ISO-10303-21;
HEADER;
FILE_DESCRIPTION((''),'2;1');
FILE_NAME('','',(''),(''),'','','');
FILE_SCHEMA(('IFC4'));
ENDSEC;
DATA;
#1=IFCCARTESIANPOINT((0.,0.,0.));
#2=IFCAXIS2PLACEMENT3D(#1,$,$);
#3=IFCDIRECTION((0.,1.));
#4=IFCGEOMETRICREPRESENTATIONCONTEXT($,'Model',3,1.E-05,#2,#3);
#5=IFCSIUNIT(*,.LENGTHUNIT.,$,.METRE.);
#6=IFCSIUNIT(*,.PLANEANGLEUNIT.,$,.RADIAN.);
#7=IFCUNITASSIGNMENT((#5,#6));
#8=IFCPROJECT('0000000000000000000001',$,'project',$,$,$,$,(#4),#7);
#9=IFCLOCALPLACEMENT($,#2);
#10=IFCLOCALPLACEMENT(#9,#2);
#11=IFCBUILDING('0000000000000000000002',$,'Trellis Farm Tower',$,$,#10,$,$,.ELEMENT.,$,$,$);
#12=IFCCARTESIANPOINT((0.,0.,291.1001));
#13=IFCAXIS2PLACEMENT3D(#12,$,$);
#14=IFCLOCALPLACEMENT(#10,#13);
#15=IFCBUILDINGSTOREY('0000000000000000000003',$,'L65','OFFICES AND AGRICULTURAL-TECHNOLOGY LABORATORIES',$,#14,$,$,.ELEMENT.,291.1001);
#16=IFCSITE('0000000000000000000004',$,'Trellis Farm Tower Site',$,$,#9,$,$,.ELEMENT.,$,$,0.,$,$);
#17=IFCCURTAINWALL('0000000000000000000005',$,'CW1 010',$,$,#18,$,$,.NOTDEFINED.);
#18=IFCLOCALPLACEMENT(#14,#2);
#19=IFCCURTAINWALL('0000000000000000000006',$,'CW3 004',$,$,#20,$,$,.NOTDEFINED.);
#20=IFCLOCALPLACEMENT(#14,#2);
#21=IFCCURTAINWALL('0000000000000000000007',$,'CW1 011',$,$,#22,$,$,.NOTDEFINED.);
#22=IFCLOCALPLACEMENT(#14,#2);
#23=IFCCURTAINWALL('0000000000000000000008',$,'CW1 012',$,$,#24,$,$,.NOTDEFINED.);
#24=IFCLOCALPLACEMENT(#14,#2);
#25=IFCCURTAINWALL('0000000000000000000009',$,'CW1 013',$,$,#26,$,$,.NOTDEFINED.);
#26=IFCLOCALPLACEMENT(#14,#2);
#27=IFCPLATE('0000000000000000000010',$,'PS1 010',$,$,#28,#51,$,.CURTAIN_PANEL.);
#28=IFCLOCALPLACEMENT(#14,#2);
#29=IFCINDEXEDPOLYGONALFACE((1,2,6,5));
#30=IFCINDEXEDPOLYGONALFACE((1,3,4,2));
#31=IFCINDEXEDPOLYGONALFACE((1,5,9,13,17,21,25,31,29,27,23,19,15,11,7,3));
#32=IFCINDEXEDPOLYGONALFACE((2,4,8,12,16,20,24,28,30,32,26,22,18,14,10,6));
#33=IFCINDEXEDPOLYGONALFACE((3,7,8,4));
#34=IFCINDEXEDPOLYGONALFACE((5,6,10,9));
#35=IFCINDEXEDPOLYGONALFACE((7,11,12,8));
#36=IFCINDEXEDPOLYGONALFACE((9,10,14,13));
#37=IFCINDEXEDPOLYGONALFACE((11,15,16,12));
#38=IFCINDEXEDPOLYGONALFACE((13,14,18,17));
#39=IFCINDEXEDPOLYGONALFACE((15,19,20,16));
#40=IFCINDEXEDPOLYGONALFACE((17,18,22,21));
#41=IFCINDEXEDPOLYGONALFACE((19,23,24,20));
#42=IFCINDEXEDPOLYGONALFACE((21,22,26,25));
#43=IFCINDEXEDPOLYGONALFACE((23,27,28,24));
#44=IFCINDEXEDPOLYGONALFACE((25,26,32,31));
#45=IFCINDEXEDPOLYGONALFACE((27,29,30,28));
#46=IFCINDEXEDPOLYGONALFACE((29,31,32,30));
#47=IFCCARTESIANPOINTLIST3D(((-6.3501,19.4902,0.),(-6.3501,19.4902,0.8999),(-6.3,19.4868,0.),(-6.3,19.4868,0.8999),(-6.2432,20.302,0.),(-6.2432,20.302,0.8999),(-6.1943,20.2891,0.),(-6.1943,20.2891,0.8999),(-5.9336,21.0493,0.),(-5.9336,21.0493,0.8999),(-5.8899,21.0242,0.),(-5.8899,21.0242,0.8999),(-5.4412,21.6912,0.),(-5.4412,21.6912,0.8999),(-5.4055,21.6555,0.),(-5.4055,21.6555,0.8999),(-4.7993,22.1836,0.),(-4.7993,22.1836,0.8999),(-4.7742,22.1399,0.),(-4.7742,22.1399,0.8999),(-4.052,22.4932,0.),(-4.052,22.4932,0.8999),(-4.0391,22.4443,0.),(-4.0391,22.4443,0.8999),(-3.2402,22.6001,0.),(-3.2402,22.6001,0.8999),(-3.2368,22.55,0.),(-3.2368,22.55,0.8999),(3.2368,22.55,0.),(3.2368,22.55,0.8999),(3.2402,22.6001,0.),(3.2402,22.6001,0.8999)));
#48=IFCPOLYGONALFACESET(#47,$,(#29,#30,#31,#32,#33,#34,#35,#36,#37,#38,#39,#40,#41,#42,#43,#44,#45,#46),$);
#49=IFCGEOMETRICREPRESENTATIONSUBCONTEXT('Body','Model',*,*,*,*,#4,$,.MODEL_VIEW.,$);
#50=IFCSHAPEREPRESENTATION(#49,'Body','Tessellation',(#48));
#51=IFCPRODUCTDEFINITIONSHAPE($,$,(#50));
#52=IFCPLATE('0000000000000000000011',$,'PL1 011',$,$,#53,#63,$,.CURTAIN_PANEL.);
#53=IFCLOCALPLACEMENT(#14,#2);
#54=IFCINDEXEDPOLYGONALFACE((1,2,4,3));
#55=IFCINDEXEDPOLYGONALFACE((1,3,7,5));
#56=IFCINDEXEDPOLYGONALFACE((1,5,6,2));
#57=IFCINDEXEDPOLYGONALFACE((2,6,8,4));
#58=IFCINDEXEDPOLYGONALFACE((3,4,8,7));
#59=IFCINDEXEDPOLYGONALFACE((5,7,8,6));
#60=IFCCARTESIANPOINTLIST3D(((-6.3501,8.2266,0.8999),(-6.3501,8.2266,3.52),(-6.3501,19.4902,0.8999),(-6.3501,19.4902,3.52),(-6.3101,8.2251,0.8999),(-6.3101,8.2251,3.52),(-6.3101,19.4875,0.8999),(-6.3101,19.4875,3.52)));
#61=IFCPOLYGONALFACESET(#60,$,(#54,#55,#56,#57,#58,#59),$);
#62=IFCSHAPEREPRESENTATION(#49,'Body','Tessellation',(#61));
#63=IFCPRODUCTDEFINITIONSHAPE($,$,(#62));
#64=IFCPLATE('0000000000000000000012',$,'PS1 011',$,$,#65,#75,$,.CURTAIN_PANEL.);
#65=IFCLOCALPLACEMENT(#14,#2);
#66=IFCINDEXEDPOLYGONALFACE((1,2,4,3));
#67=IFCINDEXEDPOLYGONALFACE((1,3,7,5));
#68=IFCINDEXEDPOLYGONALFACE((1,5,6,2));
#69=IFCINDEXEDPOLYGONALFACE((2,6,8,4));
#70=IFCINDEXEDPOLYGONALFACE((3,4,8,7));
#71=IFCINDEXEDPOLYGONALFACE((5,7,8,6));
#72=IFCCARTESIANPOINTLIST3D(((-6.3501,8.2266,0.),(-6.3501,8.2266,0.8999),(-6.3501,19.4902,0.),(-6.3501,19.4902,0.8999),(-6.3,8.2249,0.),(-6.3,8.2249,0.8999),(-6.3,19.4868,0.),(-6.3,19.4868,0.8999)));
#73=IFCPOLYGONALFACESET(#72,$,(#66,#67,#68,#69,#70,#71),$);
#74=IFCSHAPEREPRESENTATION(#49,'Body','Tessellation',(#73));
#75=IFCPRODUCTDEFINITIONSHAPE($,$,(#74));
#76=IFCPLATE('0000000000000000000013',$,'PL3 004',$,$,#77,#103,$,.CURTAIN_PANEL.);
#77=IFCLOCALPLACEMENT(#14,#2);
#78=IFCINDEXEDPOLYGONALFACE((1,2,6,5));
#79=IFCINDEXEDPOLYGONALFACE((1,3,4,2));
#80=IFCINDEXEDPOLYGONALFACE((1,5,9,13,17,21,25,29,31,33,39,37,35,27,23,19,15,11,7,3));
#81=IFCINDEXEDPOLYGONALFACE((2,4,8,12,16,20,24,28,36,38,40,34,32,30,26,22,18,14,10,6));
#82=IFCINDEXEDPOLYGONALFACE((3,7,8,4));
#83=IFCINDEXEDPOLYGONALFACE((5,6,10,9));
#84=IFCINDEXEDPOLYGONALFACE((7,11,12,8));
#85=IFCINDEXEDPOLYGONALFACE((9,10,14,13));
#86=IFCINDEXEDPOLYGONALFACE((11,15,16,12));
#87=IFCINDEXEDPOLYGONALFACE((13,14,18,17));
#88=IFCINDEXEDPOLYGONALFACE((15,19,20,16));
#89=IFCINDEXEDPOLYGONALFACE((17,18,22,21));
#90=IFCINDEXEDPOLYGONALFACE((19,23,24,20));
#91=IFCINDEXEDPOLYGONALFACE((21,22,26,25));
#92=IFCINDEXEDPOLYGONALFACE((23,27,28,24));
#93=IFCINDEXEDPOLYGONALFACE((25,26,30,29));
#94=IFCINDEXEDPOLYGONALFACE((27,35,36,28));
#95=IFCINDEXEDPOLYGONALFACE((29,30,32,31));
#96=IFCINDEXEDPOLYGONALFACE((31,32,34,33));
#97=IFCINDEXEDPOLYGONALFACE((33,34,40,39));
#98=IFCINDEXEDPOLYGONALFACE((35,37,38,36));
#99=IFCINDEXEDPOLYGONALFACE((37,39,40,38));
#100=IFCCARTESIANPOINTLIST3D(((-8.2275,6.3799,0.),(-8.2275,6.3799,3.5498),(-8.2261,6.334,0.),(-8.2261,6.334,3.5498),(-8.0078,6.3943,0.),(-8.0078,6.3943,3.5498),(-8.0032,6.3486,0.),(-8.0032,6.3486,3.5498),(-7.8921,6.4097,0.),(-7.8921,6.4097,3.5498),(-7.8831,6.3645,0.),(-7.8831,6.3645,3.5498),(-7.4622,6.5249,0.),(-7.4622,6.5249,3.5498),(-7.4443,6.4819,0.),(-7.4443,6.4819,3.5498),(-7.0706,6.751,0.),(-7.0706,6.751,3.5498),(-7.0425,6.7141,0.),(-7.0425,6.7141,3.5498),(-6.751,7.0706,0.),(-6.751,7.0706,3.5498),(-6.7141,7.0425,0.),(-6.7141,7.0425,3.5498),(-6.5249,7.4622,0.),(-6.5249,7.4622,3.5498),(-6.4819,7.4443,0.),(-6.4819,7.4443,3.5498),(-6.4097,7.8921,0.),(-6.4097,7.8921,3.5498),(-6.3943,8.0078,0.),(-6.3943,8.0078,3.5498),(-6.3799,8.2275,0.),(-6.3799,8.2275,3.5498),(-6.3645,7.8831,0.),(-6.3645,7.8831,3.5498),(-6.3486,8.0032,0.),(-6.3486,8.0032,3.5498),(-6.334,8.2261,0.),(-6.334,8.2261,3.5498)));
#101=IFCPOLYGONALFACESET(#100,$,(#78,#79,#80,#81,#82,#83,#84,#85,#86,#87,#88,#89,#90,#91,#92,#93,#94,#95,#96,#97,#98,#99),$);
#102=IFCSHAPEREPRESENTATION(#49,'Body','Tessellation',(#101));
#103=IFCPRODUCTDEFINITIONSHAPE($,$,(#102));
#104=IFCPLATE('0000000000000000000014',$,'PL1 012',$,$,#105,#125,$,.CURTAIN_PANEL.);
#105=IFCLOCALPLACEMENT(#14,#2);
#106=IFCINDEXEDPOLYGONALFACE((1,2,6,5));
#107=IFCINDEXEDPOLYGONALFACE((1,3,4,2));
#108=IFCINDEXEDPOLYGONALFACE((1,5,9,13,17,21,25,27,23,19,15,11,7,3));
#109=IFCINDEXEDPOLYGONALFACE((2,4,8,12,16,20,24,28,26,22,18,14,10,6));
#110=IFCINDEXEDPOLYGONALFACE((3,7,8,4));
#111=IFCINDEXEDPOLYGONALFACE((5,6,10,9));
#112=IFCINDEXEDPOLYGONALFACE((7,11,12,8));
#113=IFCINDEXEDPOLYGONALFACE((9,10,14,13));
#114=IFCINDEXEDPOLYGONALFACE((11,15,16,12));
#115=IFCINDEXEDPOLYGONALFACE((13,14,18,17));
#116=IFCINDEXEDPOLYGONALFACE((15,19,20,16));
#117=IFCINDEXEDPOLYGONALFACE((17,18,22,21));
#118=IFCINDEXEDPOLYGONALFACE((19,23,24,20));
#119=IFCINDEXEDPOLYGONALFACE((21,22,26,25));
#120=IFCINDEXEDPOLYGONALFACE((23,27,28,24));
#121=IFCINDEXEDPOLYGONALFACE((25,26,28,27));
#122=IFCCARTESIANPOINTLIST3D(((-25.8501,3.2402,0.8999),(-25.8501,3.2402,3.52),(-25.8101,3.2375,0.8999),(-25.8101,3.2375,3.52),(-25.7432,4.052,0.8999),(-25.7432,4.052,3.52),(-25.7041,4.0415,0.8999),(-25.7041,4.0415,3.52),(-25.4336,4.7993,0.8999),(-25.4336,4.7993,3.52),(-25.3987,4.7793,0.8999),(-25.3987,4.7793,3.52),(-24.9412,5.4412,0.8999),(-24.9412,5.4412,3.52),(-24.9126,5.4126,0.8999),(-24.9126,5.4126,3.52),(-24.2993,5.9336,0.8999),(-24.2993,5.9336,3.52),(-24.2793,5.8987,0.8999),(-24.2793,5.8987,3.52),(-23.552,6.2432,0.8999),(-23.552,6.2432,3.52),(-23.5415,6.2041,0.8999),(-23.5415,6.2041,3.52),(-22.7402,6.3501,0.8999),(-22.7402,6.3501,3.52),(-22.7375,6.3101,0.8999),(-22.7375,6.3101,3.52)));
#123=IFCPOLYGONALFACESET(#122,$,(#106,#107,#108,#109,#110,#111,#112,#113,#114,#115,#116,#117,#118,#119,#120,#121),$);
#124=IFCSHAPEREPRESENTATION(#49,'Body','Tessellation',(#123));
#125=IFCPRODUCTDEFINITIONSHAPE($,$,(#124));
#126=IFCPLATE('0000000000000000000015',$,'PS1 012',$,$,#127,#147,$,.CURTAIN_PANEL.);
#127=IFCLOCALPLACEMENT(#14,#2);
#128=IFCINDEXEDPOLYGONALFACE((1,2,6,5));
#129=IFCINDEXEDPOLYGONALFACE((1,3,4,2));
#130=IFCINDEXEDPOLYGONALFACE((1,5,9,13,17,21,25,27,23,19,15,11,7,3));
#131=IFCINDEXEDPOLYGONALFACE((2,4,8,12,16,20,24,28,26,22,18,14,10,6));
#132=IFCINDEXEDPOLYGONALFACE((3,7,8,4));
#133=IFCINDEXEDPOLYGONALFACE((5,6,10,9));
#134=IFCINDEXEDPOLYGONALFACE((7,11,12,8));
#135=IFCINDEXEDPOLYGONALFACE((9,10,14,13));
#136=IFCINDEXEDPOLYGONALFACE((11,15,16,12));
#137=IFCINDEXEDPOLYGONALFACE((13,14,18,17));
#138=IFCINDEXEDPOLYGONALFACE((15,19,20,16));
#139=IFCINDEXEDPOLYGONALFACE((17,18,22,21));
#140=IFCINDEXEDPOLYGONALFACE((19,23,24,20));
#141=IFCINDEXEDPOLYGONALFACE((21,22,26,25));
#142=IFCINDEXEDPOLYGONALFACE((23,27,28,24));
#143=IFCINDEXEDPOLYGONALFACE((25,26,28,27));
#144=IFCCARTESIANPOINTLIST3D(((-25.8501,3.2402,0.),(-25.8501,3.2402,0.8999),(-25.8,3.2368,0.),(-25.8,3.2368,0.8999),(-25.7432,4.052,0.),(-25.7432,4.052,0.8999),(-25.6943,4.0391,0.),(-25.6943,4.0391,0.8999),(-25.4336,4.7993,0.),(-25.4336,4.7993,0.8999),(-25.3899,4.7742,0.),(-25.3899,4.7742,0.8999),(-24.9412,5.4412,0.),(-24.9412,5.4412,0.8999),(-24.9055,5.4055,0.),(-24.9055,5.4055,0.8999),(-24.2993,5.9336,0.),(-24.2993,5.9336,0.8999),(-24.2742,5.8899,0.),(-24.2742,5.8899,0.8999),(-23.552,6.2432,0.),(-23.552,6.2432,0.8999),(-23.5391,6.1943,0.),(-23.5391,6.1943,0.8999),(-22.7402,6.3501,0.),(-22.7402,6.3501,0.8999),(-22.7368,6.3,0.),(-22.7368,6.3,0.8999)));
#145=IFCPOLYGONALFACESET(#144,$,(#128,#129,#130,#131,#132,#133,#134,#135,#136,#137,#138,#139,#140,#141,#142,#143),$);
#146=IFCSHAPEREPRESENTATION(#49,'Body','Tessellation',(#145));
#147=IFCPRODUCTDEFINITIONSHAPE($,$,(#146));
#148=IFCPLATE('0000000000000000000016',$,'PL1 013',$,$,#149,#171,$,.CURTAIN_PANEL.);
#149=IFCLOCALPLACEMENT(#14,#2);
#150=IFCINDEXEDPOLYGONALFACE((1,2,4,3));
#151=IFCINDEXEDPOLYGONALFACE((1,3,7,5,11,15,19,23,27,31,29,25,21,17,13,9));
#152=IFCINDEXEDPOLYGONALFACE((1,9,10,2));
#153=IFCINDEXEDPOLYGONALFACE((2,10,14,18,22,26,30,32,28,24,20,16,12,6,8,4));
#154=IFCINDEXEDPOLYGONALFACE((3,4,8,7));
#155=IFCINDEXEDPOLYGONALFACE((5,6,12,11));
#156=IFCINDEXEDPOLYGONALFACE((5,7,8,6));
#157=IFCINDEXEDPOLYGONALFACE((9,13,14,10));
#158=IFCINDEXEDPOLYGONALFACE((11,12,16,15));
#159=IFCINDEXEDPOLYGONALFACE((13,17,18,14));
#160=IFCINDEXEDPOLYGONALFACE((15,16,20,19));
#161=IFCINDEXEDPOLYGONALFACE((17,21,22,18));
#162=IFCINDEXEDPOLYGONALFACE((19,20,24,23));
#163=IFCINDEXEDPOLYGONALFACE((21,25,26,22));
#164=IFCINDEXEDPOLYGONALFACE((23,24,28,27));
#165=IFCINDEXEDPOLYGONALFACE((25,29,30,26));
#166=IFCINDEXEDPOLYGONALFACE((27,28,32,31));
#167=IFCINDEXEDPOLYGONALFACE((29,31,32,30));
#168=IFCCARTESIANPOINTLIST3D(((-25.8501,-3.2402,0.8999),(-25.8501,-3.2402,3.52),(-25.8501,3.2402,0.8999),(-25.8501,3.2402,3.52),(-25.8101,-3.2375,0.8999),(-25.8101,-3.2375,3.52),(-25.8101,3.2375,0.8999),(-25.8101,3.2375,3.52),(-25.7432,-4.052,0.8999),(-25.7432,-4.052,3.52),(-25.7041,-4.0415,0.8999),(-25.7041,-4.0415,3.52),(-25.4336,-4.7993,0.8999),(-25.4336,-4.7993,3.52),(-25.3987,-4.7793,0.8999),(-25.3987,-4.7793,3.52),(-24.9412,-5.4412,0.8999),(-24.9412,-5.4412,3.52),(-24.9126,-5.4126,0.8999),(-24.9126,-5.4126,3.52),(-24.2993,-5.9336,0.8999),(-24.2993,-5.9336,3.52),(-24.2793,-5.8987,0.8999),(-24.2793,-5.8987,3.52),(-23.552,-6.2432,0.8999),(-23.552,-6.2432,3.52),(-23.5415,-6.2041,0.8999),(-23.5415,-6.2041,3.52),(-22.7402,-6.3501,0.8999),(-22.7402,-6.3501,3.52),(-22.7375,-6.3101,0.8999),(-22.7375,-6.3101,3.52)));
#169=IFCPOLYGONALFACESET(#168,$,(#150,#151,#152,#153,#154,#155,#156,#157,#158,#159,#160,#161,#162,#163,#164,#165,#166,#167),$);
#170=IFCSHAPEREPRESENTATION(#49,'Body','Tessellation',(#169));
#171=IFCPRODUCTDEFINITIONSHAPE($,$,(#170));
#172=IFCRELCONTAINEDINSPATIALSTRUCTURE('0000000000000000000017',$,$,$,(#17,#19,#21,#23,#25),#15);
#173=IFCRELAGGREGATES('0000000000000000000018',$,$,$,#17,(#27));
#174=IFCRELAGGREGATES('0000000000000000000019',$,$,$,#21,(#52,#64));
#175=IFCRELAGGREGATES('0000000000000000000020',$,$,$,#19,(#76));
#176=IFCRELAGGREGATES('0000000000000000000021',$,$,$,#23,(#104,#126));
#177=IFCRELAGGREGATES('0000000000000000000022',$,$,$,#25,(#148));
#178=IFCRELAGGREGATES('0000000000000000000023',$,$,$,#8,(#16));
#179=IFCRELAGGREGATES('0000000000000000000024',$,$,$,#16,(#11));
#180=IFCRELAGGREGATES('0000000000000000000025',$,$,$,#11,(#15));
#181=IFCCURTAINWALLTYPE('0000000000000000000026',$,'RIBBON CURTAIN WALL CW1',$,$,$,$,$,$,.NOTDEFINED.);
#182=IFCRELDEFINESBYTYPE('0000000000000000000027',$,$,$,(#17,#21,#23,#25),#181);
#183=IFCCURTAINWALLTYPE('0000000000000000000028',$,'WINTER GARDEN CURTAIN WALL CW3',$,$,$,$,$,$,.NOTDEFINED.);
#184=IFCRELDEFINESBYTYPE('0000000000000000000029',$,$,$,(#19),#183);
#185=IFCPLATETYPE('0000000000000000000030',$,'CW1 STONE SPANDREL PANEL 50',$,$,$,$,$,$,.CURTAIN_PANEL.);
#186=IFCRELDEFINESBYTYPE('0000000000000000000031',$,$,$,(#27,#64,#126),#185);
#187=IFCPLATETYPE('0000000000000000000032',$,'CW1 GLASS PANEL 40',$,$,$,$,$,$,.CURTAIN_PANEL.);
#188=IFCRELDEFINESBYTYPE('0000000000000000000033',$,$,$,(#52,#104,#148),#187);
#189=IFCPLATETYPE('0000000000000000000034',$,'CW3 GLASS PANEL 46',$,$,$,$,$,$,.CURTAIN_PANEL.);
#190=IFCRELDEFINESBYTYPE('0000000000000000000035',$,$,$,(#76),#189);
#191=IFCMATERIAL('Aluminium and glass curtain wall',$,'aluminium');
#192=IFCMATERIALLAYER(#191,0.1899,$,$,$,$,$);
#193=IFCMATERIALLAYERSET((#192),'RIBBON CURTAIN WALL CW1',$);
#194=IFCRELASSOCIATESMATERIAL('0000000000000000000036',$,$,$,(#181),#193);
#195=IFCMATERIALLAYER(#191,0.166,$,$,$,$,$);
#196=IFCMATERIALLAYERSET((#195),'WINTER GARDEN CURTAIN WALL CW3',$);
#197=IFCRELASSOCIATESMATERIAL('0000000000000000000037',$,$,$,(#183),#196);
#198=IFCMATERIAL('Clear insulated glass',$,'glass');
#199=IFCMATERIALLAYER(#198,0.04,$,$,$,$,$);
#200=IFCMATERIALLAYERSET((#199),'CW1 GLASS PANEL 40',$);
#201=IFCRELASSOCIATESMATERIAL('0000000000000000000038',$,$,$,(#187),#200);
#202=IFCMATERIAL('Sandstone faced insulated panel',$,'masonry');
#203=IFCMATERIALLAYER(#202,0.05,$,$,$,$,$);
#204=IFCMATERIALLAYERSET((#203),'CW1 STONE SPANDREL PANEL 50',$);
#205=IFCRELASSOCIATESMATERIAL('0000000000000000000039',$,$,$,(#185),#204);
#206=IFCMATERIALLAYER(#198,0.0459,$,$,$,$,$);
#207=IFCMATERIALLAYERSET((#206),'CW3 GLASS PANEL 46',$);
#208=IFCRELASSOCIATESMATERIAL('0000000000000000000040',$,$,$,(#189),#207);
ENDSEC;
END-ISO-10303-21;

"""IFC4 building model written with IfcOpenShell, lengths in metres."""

from ifc_helpers import new_model, si_unit, direction, frame, origin, place, context, subcontext, project, spatial, polyline, outline, extrude, source, transform, mapped, material, layer, layer_set, type_object, element, aggregate, save


model = new_model("IFC4")

# Units and contexts
model_context = context("Model", 3, precision=1e-05, world=origin(), true_north=direction((0.0, 1.0)))
body_context = subcontext(model_context, "Body", "Model", "MODEL_VIEW")
ifc_project = project(units=[si_unit("LENGTHUNIT", "METRE"), si_unit("PLANEANGLEUNIT", "RADIAN")], contexts=[model_context])

# Site, building, storey
site_placement = place(None, origin())
site = spatial("IfcSite", under=ifc_project, at=site_placement, Name="Trellis Farm Tower Site", CompositionType="ELEMENT", RefElevation=0.0)
building_placement = place(site_placement, origin())
building = spatial("IfcBuilding", under=site, at=building_placement, Name="Trellis Farm Tower", CompositionType="ELEMENT")
storey_placement = place(building_placement, frame((0.0, 0.0, 291.1001)))
storey = spatial("IfcBuildingStorey", under=building, at=storey_placement, Name="L65", Description="OFFICES AND AGRICULTURAL-TECHNOLOGY LABORATORIES", CompositionType="ELEMENT", Elevation=291.1001)

# Curtain walls
ifc_material_1 = material(Name="Aluminium and glass curtain wall", Category="aluminium")
ifc_layer_1 = layer(ifc_material_1, 0.1899)
ifc_layer_set_1 = layer_set([ifc_layer_1], Name="RIBBON CURTAIN WALL CW1")
curtain_wall_type_1 = type_object("IfcCurtainWallType", Name="RIBBON CURTAIN WALL CW1", PredefinedType="NOTDEFINED", material=ifc_layer_set_1)
placement_1 = place(storey_placement, origin())
curtain_wall_1 = element("IfcCurtainWall", 1, at=placement_1, inside=storey, type_object=curtain_wall_type_1, Name="CW1 010", PredefinedType="NOTDEFINED")
ifc_layer_2 = layer(ifc_material_1, 0.166)
ifc_layer_set_2 = layer_set([ifc_layer_2], Name="WINTER GARDEN CURTAIN WALL CW3")
curtain_wall_type_2 = type_object("IfcCurtainWallType", Name="WINTER GARDEN CURTAIN WALL CW3", PredefinedType="NOTDEFINED", material=ifc_layer_set_2)
curtain_wall_2 = element("IfcCurtainWall", 2, at=placement_1, inside=storey, type_object=curtain_wall_type_2, Name="CW3 004", PredefinedType="NOTDEFINED")

# Curtain walls
curtain_wall_3 = element("IfcCurtainWall", 3, at=placement_1, inside=storey, type_object=curtain_wall_type_1, Name="CW1 011", PredefinedType="NOTDEFINED")
curtain_wall_4 = element("IfcCurtainWall", 4, at=placement_1, inside=storey, type_object=curtain_wall_type_1, Name="CW1 012", PredefinedType="NOTDEFINED")
curtain_wall_5 = element("IfcCurtainWall", 5, at=placement_1, inside=storey, type_object=curtain_wall_type_1, Name="CW1 013", PredefinedType="NOTDEFINED")

# Plates
ifc_material_2 = material(Name="Clear insulated glass", Category="glass")
ifc_layer_3 = layer(ifc_material_2, 0.04)
ifc_layer_set_3 = layer_set([ifc_layer_3], Name="CW1 GLASS PANEL 40")
plate_type_1 = type_object("IfcPlateType", Name="CW1 GLASS PANEL 40", PredefinedType="CURTAIN_PANEL", material=ifc_layer_set_3)
placement_2 = place(storey_placement, frame((0.0, 0.0, 0.8999)))
ifc_material_3 = material(Name="Sandstone faced insulated panel", Category="masonry")
ifc_layer_4 = layer(ifc_material_3, 0.05)
ifc_layer_set_4 = layer_set([ifc_layer_4], Name="CW1 STONE SPANDREL PANEL 50")
plate_type_2 = type_object("IfcPlateType", Name="CW1 STONE SPANDREL PANEL 50", PredefinedType="CURTAIN_PANEL", material=ifc_layer_set_4)
shared_shape_1 = source(origin(), body_context, "Body", "SweptSolid", [
    extrude(outline(polyline([(3.2402, 22.6001), (-3.2402, 22.6001), (-4.052, 22.4932), (-4.7993, 22.1836), (-5.4412, 21.6912), (-5.9336, 21.0493), (-6.2432, 20.302), (-6.3501, 19.4902), (-6.3, 19.4868), (-6.1943, 20.2891), (-5.8899, 21.0242), (-5.4055, 21.6555), (-4.7742, 22.1399), (-4.0391, 22.4443), (-3.2368, 22.55), (3.2368, 22.55), (3.2402, 22.6001)])), origin(), (0.0, 0.0, 1.0), 0.8999),
])
plate_1 = element("IfcPlate", 6, at=placement_1, type_object=plate_type_2, Name="PS1 010", PredefinedType="CURTAIN_PANEL", context=body_context, shape_type="MappedRepresentation", body=[
    mapped(shared_shape_1, transform((0.0, 0.0, 0.0))),
])
aggregate(curtain_wall_1, [plate_1])
shared_shape_2 = source(origin(), body_context, "Body", "SweptSolid", [
    extrude(outline(polyline([(-6.3501, 19.4902), (-6.3501, 8.2266), (-6.3101, 8.2251), (-6.3101, 19.4875), (-6.3501, 19.4902)])), origin(), (0.0, 0.0, 1.0), 2.6201),
])
plate_2 = element("IfcPlate", 7, at=placement_2, type_object=plate_type_1, Name="PL1 011", PredefinedType="CURTAIN_PANEL", context=body_context, shape_type="MappedRepresentation", body=[
    mapped(shared_shape_2, transform((0.0, 0.0, 0.0))),
])
shared_shape_3 = source(origin(), body_context, "Body", "SweptSolid", [
    extrude(outline(polyline([(-6.3501, 19.4902), (-6.3501, 8.2266), (-6.3, 8.2249), (-6.3, 19.4868), (-6.3501, 19.4902)])), origin(), (0.0, 0.0, 1.0), 0.8999),
])
plate_3 = element("IfcPlate", 8, at=placement_1, type_object=plate_type_2, Name="PS1 011", PredefinedType="CURTAIN_PANEL", context=body_context, shape_type="MappedRepresentation", body=[
    mapped(shared_shape_3, transform((0.0, 0.0, 0.0))),
])
aggregate(curtain_wall_3, [plate_2, plate_3])
ifc_layer_5 = layer(ifc_material_2, 0.0459)
ifc_layer_set_5 = layer_set([ifc_layer_5], Name="CW3 GLASS PANEL 46")
plate_type_3 = type_object("IfcPlateType", Name="CW3 GLASS PANEL 46", PredefinedType="CURTAIN_PANEL", material=ifc_layer_set_5)
shared_shape_4 = source(origin(), body_context, "Body", "SweptSolid", [
    extrude(outline(polyline([(-6.3799, 8.2275), (-6.3943, 8.0078), (-6.4097, 7.8921), (-6.5249, 7.4622), (-6.751, 7.0706), (-7.0706, 6.751), (-7.4622, 6.5249), (-7.8921, 6.4097), (-8.0078, 6.3943), (-8.2275, 6.3799), (-8.2261, 6.334), (-8.0032, 6.3486), (-7.8831, 6.3645), (-7.4443, 6.4819), (-7.0425, 6.7141), (-6.7141, 7.0425), (-6.4819, 7.4443), (-6.3645, 7.8831), (-6.3486, 8.0032), (-6.334, 8.2261), (-6.3799, 8.2275)])), origin(), (0.0, 0.0, 1.0), 3.5498),
])
plate_4 = element("IfcPlate", 9, at=placement_1, type_object=plate_type_3, Name="PL3 004", PredefinedType="CURTAIN_PANEL", context=body_context, shape_type="MappedRepresentation", body=[
    mapped(shared_shape_4, transform((0.0, 0.0, 0.0))),
])
aggregate(curtain_wall_2, [plate_4])
shared_shape_5 = source(origin(), body_context, "Body", "SweptSolid", [
    extrude(outline(polyline([(-22.7402, 6.3501), (-23.552, 6.2432), (-24.2993, 5.9336), (-24.9412, 5.4412), (-25.4336, 4.7993), (-25.7432, 4.052), (-25.8501, 3.2402), (-25.8101, 3.2375), (-25.7041, 4.0415), (-25.3987, 4.7793), (-24.9126, 5.4126), (-24.2793, 5.8987), (-23.5415, 6.2041), (-22.7375, 6.3101), (-22.7402, 6.3501)])), origin(), (0.0, 0.0, 1.0), 2.6201),
])
plate_5 = element("IfcPlate", 10, at=placement_2, type_object=plate_type_1, Name="PL1 012", PredefinedType="CURTAIN_PANEL", context=body_context, shape_type="MappedRepresentation", body=[
    mapped(shared_shape_5, transform((0.0, 0.0, 0.0))),
])
shared_shape_6 = source(origin(), body_context, "Body", "SweptSolid", [
    extrude(outline(polyline([(-22.7402, 6.3501), (-23.552, 6.2432), (-24.2993, 5.9336), (-24.9412, 5.4412), (-25.4336, 4.7993), (-25.7432, 4.052), (-25.8501, 3.2402), (-25.8, 3.2368), (-25.6943, 4.0391), (-25.3899, 4.7742), (-24.9055, 5.4055), (-24.2742, 5.8899), (-23.5391, 6.1943), (-22.7368, 6.3), (-22.7402, 6.3501)])), origin(), (0.0, 0.0, 1.0), 0.8999),
])
plate_6 = element("IfcPlate", 11, at=placement_1, type_object=plate_type_2, Name="PS1 012", PredefinedType="CURTAIN_PANEL", context=body_context, shape_type="MappedRepresentation", body=[
    mapped(shared_shape_6, transform((0.0, 0.0, 0.0))),
])
aggregate(curtain_wall_4, [plate_5, plate_6])
shared_shape_7 = source(origin(), body_context, "Body", "SweptSolid", [
    extrude(outline(polyline([(-25.8501, 3.2402), (-25.8501, -3.2402), (-25.7432, -4.052), (-25.4336, -4.7993), (-24.9412, -5.4412), (-24.2993, -5.9336), (-23.552, -6.2432), (-22.7402, -6.3501), (-22.7375, -6.3101), (-23.5415, -6.2041), (-24.2793, -5.8987), (-24.9126, -5.4126), (-25.3987, -4.7793), (-25.7041, -4.0415), (-25.8101, -3.2375), (-25.8101, 3.2375), (-25.8501, 3.2402)])), origin(), (0.0, 0.0, 1.0), 2.6201),
])
plate_7 = element("IfcPlate", 12, at=placement_2, type_object=plate_type_1, Name="PL1 013", PredefinedType="CURTAIN_PANEL", context=body_context, shape_type="MappedRepresentation", body=[
    mapped(shared_shape_7, transform((0.0, 0.0, 0.0))),
])
aggregate(curtain_wall_5, [plate_7])

save(model, "model.ifc")
